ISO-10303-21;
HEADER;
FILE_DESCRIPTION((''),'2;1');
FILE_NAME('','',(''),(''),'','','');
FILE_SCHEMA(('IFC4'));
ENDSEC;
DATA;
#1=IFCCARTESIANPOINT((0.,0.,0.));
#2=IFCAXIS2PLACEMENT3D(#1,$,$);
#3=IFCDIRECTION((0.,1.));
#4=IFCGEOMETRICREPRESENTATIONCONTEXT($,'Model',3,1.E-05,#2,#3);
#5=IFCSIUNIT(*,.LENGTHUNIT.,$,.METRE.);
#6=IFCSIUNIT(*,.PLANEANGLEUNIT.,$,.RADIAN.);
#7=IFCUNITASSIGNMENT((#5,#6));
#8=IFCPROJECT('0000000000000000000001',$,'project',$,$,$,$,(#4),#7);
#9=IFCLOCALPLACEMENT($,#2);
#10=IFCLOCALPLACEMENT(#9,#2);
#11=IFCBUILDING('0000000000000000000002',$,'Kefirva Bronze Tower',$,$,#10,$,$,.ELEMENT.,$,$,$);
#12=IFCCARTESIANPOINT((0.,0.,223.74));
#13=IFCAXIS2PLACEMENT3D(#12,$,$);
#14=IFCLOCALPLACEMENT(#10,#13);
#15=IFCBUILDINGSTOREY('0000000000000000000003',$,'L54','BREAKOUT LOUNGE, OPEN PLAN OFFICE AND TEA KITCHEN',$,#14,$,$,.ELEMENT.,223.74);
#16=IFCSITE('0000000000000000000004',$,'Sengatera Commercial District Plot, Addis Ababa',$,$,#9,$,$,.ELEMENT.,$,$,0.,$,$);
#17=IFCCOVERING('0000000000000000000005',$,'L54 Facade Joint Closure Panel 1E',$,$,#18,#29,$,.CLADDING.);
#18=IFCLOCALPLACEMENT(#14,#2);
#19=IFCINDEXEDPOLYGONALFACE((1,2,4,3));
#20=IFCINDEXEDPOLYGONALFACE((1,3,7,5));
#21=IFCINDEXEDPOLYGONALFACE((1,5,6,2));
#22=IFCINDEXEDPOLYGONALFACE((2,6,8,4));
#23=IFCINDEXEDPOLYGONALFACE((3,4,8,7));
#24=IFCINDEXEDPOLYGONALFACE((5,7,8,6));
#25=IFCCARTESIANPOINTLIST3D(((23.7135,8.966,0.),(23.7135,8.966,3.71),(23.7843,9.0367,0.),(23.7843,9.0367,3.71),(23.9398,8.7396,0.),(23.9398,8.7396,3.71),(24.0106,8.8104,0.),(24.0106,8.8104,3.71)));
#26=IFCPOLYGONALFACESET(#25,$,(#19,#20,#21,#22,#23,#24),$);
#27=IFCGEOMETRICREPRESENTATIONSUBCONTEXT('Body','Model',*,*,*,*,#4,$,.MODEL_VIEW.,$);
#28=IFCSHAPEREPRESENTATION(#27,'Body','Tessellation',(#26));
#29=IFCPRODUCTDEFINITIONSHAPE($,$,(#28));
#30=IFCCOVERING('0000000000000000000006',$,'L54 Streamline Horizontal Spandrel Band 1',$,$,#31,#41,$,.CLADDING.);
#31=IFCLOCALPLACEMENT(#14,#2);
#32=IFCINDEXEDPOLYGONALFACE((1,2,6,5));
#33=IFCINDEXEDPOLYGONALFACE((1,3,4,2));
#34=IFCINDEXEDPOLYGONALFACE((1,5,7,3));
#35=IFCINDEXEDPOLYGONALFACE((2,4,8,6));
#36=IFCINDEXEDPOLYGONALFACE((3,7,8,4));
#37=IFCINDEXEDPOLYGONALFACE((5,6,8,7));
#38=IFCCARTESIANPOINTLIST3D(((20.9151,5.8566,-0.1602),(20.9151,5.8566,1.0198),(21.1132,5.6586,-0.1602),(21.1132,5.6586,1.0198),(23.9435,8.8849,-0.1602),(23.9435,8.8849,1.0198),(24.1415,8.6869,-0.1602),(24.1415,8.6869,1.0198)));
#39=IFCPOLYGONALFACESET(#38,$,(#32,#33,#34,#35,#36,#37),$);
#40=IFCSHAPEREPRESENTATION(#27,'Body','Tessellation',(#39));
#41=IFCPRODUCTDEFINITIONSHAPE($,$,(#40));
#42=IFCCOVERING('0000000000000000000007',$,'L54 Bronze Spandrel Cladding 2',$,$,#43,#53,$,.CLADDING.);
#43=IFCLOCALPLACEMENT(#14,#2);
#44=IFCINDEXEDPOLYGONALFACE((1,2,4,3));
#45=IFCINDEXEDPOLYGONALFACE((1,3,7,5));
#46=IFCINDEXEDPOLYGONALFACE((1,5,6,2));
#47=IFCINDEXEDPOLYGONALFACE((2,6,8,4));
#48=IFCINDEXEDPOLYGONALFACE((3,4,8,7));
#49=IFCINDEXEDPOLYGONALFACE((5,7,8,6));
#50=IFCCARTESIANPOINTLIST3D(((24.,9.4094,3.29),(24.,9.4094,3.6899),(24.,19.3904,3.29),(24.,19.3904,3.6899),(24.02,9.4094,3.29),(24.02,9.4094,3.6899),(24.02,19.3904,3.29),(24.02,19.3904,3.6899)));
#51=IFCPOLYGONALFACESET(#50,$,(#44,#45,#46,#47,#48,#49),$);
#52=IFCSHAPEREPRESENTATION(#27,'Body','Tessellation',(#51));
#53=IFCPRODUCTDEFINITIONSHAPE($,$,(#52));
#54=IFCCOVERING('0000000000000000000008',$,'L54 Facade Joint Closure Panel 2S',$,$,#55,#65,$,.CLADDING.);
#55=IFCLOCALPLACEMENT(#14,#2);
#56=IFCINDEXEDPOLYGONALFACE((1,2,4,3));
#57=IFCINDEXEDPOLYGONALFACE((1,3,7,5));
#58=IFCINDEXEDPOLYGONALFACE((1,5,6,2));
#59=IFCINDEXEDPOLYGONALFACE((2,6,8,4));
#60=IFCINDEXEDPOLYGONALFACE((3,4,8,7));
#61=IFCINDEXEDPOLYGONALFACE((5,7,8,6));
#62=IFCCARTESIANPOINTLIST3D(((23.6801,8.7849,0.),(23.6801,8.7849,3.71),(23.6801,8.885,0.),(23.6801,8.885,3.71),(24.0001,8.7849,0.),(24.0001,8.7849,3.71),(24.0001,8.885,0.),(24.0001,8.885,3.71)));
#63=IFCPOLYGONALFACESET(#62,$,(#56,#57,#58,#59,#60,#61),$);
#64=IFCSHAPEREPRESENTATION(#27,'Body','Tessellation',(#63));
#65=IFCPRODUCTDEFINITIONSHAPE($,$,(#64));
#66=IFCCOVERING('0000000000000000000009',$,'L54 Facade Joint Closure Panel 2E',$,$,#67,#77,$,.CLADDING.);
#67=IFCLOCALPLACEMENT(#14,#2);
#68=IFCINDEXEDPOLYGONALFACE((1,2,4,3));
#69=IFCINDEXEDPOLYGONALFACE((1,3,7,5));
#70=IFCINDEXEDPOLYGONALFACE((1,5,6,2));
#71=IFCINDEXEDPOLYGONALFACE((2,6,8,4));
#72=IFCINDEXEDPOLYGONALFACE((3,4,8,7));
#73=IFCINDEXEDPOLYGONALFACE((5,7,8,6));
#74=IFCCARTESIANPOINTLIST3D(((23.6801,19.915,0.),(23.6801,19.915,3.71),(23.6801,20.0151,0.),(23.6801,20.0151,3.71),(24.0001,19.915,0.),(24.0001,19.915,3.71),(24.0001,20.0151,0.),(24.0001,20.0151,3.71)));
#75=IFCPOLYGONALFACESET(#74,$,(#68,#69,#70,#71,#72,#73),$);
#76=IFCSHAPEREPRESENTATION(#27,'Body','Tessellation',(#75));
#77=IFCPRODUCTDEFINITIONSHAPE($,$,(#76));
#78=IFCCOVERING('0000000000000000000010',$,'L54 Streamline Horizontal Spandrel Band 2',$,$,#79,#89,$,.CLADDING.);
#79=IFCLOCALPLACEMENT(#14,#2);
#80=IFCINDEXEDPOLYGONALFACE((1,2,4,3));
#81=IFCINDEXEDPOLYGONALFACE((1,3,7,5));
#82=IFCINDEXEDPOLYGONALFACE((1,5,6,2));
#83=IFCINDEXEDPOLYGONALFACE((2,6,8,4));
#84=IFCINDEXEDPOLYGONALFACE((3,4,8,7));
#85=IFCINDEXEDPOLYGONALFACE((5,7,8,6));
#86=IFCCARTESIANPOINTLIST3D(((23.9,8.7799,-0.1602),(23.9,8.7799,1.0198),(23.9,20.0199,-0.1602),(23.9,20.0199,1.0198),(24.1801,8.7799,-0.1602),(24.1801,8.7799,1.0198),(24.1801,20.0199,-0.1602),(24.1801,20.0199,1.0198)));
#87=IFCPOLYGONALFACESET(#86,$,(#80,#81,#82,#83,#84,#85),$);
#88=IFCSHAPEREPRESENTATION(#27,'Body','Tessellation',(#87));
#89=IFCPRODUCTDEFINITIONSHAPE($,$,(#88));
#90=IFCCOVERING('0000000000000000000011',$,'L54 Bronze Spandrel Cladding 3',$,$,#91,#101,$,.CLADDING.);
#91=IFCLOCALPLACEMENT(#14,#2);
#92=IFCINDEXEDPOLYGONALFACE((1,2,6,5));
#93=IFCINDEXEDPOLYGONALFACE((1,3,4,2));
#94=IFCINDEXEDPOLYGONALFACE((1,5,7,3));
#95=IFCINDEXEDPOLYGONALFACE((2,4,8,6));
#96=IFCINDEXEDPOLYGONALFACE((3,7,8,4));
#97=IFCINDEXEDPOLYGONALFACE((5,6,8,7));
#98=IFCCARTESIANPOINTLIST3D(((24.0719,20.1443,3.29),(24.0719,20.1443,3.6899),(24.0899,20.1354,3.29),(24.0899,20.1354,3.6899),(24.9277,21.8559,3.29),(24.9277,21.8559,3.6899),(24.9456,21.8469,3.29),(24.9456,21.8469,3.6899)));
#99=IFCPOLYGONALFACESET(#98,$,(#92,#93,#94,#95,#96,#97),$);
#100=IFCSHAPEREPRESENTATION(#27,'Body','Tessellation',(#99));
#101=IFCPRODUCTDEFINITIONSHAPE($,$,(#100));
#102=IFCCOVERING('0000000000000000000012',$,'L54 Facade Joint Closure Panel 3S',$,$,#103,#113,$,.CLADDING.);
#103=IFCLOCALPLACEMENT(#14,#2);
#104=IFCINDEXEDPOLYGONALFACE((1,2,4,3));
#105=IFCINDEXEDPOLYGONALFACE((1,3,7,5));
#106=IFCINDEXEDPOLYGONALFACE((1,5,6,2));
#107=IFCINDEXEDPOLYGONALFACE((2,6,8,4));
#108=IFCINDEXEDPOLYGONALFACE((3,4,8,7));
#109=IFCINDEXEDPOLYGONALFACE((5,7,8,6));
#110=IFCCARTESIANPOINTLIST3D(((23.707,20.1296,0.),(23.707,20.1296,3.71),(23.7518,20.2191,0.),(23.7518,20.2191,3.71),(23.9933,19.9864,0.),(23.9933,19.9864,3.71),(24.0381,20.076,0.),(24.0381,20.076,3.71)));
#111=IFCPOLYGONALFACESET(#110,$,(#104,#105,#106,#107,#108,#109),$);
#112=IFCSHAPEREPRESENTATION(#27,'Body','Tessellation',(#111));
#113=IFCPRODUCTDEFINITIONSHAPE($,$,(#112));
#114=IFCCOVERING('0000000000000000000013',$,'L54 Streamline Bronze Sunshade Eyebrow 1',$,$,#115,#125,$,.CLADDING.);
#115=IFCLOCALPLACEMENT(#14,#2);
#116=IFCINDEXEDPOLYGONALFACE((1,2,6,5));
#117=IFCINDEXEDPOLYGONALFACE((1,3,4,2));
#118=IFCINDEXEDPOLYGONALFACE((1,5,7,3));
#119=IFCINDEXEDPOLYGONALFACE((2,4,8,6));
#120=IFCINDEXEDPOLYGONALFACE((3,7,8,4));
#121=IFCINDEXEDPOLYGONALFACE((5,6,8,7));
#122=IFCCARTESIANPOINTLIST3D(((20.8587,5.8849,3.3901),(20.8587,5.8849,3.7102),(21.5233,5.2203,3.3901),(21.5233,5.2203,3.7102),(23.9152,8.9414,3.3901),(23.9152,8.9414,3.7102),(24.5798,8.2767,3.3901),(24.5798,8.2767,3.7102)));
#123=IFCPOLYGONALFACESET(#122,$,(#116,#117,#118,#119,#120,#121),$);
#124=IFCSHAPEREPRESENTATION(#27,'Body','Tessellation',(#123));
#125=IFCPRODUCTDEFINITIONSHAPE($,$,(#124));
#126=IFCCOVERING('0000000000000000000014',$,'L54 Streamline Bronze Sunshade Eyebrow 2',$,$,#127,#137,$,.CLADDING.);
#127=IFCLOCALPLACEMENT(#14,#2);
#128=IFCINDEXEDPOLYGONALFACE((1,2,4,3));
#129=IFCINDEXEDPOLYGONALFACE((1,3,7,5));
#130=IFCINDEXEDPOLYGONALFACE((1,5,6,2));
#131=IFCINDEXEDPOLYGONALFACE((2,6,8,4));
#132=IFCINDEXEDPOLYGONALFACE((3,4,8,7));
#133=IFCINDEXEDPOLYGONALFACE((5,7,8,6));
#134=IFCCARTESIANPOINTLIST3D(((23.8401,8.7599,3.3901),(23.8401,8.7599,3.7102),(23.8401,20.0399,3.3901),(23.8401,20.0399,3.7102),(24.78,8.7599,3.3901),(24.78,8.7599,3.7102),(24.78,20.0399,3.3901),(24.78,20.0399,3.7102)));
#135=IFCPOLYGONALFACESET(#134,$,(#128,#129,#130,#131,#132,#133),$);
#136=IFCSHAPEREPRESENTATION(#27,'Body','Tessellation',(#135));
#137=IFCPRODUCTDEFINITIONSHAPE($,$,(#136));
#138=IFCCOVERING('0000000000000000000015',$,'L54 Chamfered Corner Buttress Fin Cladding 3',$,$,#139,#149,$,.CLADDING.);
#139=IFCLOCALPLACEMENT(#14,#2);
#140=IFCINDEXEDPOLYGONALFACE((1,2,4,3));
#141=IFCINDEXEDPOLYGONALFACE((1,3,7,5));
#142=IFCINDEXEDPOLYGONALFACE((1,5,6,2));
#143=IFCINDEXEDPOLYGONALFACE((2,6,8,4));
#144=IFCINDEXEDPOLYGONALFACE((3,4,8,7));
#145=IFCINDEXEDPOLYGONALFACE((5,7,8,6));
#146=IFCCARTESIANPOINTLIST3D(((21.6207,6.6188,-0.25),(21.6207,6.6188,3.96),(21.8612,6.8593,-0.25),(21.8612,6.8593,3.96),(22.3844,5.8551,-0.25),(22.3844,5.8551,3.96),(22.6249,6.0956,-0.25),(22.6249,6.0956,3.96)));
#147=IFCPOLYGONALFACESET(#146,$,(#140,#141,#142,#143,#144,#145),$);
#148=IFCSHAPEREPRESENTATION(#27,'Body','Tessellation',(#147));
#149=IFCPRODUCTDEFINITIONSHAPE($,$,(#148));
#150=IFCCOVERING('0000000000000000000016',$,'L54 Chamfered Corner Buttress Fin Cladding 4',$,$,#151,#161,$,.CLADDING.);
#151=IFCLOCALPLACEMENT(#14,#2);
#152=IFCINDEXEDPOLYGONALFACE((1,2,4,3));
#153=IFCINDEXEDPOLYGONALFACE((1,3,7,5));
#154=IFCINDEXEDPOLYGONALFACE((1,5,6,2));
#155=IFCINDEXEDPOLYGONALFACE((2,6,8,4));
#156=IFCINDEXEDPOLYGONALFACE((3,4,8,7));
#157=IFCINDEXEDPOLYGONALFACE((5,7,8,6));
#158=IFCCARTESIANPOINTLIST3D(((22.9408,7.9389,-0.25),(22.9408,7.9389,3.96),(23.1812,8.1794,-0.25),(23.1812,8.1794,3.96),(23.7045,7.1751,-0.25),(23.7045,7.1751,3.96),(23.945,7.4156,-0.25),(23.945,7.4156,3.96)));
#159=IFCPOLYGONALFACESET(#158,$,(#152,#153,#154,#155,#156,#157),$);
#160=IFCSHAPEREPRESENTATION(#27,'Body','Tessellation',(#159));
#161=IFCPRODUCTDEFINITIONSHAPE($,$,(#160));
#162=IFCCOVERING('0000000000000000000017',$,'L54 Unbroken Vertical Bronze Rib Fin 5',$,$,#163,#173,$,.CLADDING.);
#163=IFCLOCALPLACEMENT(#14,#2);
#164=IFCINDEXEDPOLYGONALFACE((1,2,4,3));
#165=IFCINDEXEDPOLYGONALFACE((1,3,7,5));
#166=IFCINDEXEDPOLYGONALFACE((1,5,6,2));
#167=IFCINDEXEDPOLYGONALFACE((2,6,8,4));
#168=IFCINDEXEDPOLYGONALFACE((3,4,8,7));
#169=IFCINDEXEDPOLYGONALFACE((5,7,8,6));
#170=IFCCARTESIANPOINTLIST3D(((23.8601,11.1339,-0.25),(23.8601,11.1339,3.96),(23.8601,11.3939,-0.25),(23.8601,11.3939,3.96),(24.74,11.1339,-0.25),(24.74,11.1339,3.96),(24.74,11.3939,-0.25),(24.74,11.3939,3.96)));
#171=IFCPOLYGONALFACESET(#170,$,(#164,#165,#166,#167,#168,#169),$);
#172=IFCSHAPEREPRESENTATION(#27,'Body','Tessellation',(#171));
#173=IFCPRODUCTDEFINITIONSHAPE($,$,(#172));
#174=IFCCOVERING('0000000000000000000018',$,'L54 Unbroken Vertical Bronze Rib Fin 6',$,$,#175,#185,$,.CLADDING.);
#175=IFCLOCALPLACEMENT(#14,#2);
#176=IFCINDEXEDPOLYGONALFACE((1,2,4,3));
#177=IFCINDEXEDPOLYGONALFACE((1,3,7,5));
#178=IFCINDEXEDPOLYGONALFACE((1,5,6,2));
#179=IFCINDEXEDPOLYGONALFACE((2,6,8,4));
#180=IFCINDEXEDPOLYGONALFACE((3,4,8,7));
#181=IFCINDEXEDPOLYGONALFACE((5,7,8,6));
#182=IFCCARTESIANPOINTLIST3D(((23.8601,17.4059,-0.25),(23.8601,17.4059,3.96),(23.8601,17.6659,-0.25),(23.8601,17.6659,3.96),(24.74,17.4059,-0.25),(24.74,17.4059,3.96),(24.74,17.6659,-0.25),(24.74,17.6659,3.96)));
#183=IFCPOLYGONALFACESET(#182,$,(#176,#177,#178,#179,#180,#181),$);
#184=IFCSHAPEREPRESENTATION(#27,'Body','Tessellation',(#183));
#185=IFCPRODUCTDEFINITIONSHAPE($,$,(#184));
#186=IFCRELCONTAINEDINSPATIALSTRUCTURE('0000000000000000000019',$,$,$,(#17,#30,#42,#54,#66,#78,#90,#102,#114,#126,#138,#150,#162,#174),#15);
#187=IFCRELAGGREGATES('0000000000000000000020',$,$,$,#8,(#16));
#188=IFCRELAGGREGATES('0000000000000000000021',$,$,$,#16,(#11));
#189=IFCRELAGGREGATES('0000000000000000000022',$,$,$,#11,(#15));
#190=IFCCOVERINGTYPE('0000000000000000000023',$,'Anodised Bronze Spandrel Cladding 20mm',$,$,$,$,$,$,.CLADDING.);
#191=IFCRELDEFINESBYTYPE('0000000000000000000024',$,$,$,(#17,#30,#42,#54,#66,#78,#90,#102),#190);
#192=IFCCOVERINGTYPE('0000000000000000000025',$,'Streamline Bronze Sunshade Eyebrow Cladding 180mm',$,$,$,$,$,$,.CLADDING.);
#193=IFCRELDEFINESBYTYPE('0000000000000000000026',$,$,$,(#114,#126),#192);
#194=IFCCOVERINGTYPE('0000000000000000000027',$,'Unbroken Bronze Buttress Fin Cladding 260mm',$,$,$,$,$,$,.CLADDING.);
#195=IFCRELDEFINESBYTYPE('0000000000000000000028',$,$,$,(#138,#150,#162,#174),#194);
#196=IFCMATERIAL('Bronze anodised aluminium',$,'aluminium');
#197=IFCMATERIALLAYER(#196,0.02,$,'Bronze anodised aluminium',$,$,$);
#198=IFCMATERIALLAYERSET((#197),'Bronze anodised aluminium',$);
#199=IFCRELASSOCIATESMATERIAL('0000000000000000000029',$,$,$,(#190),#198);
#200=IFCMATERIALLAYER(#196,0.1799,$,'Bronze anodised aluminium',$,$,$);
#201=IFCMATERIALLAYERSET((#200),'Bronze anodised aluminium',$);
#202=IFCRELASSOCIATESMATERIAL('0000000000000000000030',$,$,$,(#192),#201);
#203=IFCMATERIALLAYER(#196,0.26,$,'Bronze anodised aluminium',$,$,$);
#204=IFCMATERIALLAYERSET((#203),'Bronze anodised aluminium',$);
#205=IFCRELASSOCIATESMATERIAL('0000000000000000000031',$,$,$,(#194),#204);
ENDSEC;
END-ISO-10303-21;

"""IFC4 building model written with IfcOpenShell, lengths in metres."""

from ifc_helpers import new_model, si_unit, direction, frame, origin, origin_2d, place, context, subcontext, project, spatial, rectangle, extrude, material, layer, layer_set, type_object, element, save


model = new_model("IFC4")

# Units and contexts
model_context = context("Model", 3, precision=1e-05, world=origin(), true_north=direction((0.0, 1.0)))
body_context = subcontext(model_context, "Body", "Model", "MODEL_VIEW")
ifc_project = project(units=[si_unit("LENGTHUNIT", "METRE"), si_unit("PLANEANGLEUNIT", "RADIAN")], contexts=[model_context])

# Site, building, storey
site_placement = place(None, origin())
site = spatial("IfcSite", under=ifc_project, at=site_placement, Name="Sengatera Commercial District Plot, Addis Ababa", CompositionType="ELEMENT", RefElevation=0.0)
building_placement = place(site_placement, origin())
building = spatial("IfcBuilding", under=site, at=building_placement, Name="Kefirva Bronze Tower", CompositionType="ELEMENT")
storey_placement = place(building_placement, frame((0.0, 0.0, 223.74)))
storey = spatial("IfcBuildingStorey", under=building, at=storey_placement, Name="L54", Description="BREAKOUT LOUNGE, OPEN PLAN OFFICE AND TEA KITCHEN", CompositionType="ELEMENT", Elevation=223.74)

# Shared definitions
ifc_material_1 = material(Name="Bronze anodised aluminium", Category="aluminium")

# Coverings
ifc_layer_1 = layer(ifc_material_1, 0.02, Name="Bronze anodised aluminium")
ifc_layer_set_1 = layer_set([ifc_layer_1], Name="Bronze anodised aluminium")
covering_type_1 = type_object("IfcCoveringType", Name="Anodised Bronze Spandrel Cladding 20mm", PredefinedType="CLADDING", material=ifc_layer_set_1)
for number, where, z_axis, x_axis, name in (
    (1, (23.8621, 8.8882, 0.0), (0.0, 0.0, 1.0), (0.707107, 0.707107, 0.0), "L54 Facade Joint Closure Panel 1E"),
):
    element("IfcCovering", number, at=place(storey_placement, frame(where, z_axis=z_axis, x_axis=x_axis)), inside=storey, type_object=covering_type_1, Name=name, PredefinedType="CLADDING", context=body_context, shape_type="SweptSolid", body=[
        extrude(rectangle(XDim=0.1001, YDim=0.3201, at=origin_2d()), origin(), (0.0, 0.0, 1.0), 3.71),
    ])
covering_1_placement = place(storey_placement, frame((22.5283, 7.2717, -0.1602), z_axis=(0.0, 0.0, 1.0), x_axis=(0.707107, 0.707107, 0.0)))
element("IfcCovering", 2, at=covering_1_placement, inside=storey, type_object=covering_type_1, Name="L54 Streamline Horizontal Spandrel Band 1", PredefinedType="CLADDING", context=body_context, shape_type="SweptSolid", body=[
    extrude(rectangle(XDim=4.2827, YDim=0.28, at=origin_2d()), origin(), (0.0, 0.0, 1.0), 1.1799),
])
covering_2_placement = place(storey_placement, frame((24.01, 14.3999, 3.29), z_axis=(0.0, 0.0, 1.0), x_axis=(0.0, 1.0, 0.0)))
element("IfcCovering", 3, at=covering_2_placement, inside=storey, type_object=covering_type_1, Name="L54 Bronze Spandrel Cladding 2", PredefinedType="CLADDING", context=body_context, shape_type="SweptSolid", body=[
    extrude(rectangle(XDim=9.981, YDim=0.02, at=origin_2d()), origin(), (0.0, 0.0, 1.0), 0.3999),
])
for number, where, z_axis, x_axis, name in (
    (4, (23.8401, 8.835, 0.0), (0.0, 0.0, 1.0), (0.0, 1.0, 0.0), "L54 Facade Joint Closure Panel 2S"),
    (5, (23.8401, 19.9651, 0.0), (0.0, 0.0, 1.0), (0.0, 1.0, 0.0), "L54 Facade Joint Closure Panel 2E"),
):
    element("IfcCovering", number, at=place(storey_placement, frame(where, z_axis=z_axis, x_axis=x_axis)), inside=storey, type_object=covering_type_1, Name=name, PredefinedType="CLADDING", context=body_context, shape_type="SweptSolid", body=[
        extrude(rectangle(XDim=0.1001, YDim=0.3201, at=origin_2d()), origin(), (0.0, 0.0, 1.0), 3.71),
    ])
covering_3_placement = place(storey_placement, frame((24.04, 14.3999, -0.1602), z_axis=(0.0, 0.0, 1.0), x_axis=(0.0, 1.0, 0.0)))
element("IfcCovering", 6, at=covering_3_placement, inside=storey, type_object=covering_type_1, Name="L54 Streamline Horizontal Spandrel Band 2", PredefinedType="CLADDING", context=body_context, shape_type="SweptSolid", body=[
    extrude(rectangle(XDim=11.24, YDim=0.28, at=origin_2d()), origin(), (0.0, 0.0, 1.0), 1.1799),
])
covering_4_placement = place(storey_placement, frame((24.5088, 20.9956, 3.29), z_axis=(0.0, 0.0, 1.0), x_axis=(0.447214, 0.894427, 0.0)))
element("IfcCovering", 7, at=covering_4_placement, inside=storey, type_object=covering_type_1, Name="L54 Bronze Spandrel Cladding 3", PredefinedType="CLADDING", context=body_context, shape_type="SweptSolid", body=[
    extrude(rectangle(XDim=1.9136, YDim=0.02, at=origin_2d()), origin(), (0.0, 0.0, 1.0), 0.3999),
])
covering_5_placement = place(storey_placement, frame((23.8726, 20.1028, 0.0), z_axis=(0.0, 0.0, 1.0), x_axis=(0.447214, 0.894427, 0.0)))
element("IfcCovering", 8, at=covering_5_placement, inside=storey, type_object=covering_type_1, Name="L54 Facade Joint Closure Panel 3S", PredefinedType="CLADDING", context=body_context, shape_type="SweptSolid", body=[
    extrude(rectangle(XDim=0.1001, YDim=0.3201, at=origin_2d()), origin(), (0.0, 0.0, 1.0), 3.71),
])
ifc_layer_2 = layer(ifc_material_1, 0.1799, Name="Bronze anodised aluminium")
ifc_layer_set_2 = layer_set([ifc_layer_2], Name="Bronze anodised aluminium")
covering_type_2 = type_object("IfcCoveringType", Name="Streamline Bronze Sunshade Eyebrow Cladding 180mm", PredefinedType="CLADDING", material=ifc_layer_set_2)
covering_6_placement = place(storey_placement, frame((22.7192, 7.0808, 3.3901), z_axis=(0.0, 0.0, 1.0), x_axis=(0.707107, 0.707107, 0.0)))
element("IfcCovering", 9, at=covering_6_placement, inside=storey, type_object=covering_type_2, Name="L54 Streamline Bronze Sunshade Eyebrow 1", PredefinedType="CLADDING", context=body_context, shape_type="SweptSolid", body=[
    extrude(rectangle(XDim=4.3225, YDim=0.9399, at=origin_2d()), origin(), (0.0, 0.0, 1.0), 0.3201),
])
covering_7_placement = place(storey_placement, frame((24.3101, 14.3999, 3.3901), z_axis=(0.0, 0.0, 1.0), x_axis=(0.0, 1.0, 0.0)))
element("IfcCovering", 10, at=covering_7_placement, inside=storey, type_object=covering_type_2, Name="L54 Streamline Bronze Sunshade Eyebrow 2", PredefinedType="CLADDING", context=body_context, shape_type="SweptSolid", body=[
    extrude(rectangle(XDim=11.28, YDim=0.9399, at=origin_2d()), origin(), (0.0, 0.0, 1.0), 0.3201),
])
ifc_layer_3 = layer(ifc_material_1, 0.26, Name="Bronze anodised aluminium")
ifc_layer_set_3 = layer_set([ifc_layer_3], Name="Bronze anodised aluminium")
covering_type_3 = type_object("IfcCoveringType", Name="Unbroken Bronze Buttress Fin Cladding 260mm", PredefinedType="CLADDING", material=ifc_layer_set_3)
for number, where, z_axis, x_axis, name in (
    (11, (22.1228, 6.3572, -0.25), (0.0, 0.0, 1.0), (0.707107, 0.707107, 0.0), "L54 Chamfered Corner Buttress Fin Cladding 3"),
    (12, (23.4429, 7.6772, -0.25), (0.0, 0.0, 1.0), (0.707107, 0.707107, 0.0), "L54 Chamfered Corner Buttress Fin Cladding 4"),
):
    element("IfcCovering", number, at=place(storey_placement, frame(where, z_axis=z_axis, x_axis=x_axis)), inside=storey, type_object=covering_type_3, Name=name, PredefinedType="CLADDING", context=body_context, shape_type="SweptSolid", body=[
        extrude(rectangle(XDim=0.3401, YDim=1.0801, at=origin_2d()), origin(), (0.0, 0.0, 1.0), 4.21),
    ])
for number, where, z_axis, x_axis, name in (
    (13, (24.3, 11.2639, -0.25), (0.0, 0.0, 1.0), (0.0, 1.0, 0.0), "L54 Unbroken Vertical Bronze Rib Fin 5"),
    (14, (24.3, 17.5359, -0.25), (0.0, 0.0, 1.0), (0.0, 1.0, 0.0), "L54 Unbroken Vertical Bronze Rib Fin 6"),
):
    element("IfcCovering", number, at=place(storey_placement, frame(where, z_axis=z_axis, x_axis=x_axis)), inside=storey, type_object=covering_type_3, Name=name, PredefinedType="CLADDING", context=body_context, shape_type="SweptSolid", body=[
        extrude(rectangle(XDim=0.26, YDim=0.8799, at=origin_2d()), origin(), (0.0, 0.0, 1.0), 4.21),
    ])

save(model, "model.ifc")
